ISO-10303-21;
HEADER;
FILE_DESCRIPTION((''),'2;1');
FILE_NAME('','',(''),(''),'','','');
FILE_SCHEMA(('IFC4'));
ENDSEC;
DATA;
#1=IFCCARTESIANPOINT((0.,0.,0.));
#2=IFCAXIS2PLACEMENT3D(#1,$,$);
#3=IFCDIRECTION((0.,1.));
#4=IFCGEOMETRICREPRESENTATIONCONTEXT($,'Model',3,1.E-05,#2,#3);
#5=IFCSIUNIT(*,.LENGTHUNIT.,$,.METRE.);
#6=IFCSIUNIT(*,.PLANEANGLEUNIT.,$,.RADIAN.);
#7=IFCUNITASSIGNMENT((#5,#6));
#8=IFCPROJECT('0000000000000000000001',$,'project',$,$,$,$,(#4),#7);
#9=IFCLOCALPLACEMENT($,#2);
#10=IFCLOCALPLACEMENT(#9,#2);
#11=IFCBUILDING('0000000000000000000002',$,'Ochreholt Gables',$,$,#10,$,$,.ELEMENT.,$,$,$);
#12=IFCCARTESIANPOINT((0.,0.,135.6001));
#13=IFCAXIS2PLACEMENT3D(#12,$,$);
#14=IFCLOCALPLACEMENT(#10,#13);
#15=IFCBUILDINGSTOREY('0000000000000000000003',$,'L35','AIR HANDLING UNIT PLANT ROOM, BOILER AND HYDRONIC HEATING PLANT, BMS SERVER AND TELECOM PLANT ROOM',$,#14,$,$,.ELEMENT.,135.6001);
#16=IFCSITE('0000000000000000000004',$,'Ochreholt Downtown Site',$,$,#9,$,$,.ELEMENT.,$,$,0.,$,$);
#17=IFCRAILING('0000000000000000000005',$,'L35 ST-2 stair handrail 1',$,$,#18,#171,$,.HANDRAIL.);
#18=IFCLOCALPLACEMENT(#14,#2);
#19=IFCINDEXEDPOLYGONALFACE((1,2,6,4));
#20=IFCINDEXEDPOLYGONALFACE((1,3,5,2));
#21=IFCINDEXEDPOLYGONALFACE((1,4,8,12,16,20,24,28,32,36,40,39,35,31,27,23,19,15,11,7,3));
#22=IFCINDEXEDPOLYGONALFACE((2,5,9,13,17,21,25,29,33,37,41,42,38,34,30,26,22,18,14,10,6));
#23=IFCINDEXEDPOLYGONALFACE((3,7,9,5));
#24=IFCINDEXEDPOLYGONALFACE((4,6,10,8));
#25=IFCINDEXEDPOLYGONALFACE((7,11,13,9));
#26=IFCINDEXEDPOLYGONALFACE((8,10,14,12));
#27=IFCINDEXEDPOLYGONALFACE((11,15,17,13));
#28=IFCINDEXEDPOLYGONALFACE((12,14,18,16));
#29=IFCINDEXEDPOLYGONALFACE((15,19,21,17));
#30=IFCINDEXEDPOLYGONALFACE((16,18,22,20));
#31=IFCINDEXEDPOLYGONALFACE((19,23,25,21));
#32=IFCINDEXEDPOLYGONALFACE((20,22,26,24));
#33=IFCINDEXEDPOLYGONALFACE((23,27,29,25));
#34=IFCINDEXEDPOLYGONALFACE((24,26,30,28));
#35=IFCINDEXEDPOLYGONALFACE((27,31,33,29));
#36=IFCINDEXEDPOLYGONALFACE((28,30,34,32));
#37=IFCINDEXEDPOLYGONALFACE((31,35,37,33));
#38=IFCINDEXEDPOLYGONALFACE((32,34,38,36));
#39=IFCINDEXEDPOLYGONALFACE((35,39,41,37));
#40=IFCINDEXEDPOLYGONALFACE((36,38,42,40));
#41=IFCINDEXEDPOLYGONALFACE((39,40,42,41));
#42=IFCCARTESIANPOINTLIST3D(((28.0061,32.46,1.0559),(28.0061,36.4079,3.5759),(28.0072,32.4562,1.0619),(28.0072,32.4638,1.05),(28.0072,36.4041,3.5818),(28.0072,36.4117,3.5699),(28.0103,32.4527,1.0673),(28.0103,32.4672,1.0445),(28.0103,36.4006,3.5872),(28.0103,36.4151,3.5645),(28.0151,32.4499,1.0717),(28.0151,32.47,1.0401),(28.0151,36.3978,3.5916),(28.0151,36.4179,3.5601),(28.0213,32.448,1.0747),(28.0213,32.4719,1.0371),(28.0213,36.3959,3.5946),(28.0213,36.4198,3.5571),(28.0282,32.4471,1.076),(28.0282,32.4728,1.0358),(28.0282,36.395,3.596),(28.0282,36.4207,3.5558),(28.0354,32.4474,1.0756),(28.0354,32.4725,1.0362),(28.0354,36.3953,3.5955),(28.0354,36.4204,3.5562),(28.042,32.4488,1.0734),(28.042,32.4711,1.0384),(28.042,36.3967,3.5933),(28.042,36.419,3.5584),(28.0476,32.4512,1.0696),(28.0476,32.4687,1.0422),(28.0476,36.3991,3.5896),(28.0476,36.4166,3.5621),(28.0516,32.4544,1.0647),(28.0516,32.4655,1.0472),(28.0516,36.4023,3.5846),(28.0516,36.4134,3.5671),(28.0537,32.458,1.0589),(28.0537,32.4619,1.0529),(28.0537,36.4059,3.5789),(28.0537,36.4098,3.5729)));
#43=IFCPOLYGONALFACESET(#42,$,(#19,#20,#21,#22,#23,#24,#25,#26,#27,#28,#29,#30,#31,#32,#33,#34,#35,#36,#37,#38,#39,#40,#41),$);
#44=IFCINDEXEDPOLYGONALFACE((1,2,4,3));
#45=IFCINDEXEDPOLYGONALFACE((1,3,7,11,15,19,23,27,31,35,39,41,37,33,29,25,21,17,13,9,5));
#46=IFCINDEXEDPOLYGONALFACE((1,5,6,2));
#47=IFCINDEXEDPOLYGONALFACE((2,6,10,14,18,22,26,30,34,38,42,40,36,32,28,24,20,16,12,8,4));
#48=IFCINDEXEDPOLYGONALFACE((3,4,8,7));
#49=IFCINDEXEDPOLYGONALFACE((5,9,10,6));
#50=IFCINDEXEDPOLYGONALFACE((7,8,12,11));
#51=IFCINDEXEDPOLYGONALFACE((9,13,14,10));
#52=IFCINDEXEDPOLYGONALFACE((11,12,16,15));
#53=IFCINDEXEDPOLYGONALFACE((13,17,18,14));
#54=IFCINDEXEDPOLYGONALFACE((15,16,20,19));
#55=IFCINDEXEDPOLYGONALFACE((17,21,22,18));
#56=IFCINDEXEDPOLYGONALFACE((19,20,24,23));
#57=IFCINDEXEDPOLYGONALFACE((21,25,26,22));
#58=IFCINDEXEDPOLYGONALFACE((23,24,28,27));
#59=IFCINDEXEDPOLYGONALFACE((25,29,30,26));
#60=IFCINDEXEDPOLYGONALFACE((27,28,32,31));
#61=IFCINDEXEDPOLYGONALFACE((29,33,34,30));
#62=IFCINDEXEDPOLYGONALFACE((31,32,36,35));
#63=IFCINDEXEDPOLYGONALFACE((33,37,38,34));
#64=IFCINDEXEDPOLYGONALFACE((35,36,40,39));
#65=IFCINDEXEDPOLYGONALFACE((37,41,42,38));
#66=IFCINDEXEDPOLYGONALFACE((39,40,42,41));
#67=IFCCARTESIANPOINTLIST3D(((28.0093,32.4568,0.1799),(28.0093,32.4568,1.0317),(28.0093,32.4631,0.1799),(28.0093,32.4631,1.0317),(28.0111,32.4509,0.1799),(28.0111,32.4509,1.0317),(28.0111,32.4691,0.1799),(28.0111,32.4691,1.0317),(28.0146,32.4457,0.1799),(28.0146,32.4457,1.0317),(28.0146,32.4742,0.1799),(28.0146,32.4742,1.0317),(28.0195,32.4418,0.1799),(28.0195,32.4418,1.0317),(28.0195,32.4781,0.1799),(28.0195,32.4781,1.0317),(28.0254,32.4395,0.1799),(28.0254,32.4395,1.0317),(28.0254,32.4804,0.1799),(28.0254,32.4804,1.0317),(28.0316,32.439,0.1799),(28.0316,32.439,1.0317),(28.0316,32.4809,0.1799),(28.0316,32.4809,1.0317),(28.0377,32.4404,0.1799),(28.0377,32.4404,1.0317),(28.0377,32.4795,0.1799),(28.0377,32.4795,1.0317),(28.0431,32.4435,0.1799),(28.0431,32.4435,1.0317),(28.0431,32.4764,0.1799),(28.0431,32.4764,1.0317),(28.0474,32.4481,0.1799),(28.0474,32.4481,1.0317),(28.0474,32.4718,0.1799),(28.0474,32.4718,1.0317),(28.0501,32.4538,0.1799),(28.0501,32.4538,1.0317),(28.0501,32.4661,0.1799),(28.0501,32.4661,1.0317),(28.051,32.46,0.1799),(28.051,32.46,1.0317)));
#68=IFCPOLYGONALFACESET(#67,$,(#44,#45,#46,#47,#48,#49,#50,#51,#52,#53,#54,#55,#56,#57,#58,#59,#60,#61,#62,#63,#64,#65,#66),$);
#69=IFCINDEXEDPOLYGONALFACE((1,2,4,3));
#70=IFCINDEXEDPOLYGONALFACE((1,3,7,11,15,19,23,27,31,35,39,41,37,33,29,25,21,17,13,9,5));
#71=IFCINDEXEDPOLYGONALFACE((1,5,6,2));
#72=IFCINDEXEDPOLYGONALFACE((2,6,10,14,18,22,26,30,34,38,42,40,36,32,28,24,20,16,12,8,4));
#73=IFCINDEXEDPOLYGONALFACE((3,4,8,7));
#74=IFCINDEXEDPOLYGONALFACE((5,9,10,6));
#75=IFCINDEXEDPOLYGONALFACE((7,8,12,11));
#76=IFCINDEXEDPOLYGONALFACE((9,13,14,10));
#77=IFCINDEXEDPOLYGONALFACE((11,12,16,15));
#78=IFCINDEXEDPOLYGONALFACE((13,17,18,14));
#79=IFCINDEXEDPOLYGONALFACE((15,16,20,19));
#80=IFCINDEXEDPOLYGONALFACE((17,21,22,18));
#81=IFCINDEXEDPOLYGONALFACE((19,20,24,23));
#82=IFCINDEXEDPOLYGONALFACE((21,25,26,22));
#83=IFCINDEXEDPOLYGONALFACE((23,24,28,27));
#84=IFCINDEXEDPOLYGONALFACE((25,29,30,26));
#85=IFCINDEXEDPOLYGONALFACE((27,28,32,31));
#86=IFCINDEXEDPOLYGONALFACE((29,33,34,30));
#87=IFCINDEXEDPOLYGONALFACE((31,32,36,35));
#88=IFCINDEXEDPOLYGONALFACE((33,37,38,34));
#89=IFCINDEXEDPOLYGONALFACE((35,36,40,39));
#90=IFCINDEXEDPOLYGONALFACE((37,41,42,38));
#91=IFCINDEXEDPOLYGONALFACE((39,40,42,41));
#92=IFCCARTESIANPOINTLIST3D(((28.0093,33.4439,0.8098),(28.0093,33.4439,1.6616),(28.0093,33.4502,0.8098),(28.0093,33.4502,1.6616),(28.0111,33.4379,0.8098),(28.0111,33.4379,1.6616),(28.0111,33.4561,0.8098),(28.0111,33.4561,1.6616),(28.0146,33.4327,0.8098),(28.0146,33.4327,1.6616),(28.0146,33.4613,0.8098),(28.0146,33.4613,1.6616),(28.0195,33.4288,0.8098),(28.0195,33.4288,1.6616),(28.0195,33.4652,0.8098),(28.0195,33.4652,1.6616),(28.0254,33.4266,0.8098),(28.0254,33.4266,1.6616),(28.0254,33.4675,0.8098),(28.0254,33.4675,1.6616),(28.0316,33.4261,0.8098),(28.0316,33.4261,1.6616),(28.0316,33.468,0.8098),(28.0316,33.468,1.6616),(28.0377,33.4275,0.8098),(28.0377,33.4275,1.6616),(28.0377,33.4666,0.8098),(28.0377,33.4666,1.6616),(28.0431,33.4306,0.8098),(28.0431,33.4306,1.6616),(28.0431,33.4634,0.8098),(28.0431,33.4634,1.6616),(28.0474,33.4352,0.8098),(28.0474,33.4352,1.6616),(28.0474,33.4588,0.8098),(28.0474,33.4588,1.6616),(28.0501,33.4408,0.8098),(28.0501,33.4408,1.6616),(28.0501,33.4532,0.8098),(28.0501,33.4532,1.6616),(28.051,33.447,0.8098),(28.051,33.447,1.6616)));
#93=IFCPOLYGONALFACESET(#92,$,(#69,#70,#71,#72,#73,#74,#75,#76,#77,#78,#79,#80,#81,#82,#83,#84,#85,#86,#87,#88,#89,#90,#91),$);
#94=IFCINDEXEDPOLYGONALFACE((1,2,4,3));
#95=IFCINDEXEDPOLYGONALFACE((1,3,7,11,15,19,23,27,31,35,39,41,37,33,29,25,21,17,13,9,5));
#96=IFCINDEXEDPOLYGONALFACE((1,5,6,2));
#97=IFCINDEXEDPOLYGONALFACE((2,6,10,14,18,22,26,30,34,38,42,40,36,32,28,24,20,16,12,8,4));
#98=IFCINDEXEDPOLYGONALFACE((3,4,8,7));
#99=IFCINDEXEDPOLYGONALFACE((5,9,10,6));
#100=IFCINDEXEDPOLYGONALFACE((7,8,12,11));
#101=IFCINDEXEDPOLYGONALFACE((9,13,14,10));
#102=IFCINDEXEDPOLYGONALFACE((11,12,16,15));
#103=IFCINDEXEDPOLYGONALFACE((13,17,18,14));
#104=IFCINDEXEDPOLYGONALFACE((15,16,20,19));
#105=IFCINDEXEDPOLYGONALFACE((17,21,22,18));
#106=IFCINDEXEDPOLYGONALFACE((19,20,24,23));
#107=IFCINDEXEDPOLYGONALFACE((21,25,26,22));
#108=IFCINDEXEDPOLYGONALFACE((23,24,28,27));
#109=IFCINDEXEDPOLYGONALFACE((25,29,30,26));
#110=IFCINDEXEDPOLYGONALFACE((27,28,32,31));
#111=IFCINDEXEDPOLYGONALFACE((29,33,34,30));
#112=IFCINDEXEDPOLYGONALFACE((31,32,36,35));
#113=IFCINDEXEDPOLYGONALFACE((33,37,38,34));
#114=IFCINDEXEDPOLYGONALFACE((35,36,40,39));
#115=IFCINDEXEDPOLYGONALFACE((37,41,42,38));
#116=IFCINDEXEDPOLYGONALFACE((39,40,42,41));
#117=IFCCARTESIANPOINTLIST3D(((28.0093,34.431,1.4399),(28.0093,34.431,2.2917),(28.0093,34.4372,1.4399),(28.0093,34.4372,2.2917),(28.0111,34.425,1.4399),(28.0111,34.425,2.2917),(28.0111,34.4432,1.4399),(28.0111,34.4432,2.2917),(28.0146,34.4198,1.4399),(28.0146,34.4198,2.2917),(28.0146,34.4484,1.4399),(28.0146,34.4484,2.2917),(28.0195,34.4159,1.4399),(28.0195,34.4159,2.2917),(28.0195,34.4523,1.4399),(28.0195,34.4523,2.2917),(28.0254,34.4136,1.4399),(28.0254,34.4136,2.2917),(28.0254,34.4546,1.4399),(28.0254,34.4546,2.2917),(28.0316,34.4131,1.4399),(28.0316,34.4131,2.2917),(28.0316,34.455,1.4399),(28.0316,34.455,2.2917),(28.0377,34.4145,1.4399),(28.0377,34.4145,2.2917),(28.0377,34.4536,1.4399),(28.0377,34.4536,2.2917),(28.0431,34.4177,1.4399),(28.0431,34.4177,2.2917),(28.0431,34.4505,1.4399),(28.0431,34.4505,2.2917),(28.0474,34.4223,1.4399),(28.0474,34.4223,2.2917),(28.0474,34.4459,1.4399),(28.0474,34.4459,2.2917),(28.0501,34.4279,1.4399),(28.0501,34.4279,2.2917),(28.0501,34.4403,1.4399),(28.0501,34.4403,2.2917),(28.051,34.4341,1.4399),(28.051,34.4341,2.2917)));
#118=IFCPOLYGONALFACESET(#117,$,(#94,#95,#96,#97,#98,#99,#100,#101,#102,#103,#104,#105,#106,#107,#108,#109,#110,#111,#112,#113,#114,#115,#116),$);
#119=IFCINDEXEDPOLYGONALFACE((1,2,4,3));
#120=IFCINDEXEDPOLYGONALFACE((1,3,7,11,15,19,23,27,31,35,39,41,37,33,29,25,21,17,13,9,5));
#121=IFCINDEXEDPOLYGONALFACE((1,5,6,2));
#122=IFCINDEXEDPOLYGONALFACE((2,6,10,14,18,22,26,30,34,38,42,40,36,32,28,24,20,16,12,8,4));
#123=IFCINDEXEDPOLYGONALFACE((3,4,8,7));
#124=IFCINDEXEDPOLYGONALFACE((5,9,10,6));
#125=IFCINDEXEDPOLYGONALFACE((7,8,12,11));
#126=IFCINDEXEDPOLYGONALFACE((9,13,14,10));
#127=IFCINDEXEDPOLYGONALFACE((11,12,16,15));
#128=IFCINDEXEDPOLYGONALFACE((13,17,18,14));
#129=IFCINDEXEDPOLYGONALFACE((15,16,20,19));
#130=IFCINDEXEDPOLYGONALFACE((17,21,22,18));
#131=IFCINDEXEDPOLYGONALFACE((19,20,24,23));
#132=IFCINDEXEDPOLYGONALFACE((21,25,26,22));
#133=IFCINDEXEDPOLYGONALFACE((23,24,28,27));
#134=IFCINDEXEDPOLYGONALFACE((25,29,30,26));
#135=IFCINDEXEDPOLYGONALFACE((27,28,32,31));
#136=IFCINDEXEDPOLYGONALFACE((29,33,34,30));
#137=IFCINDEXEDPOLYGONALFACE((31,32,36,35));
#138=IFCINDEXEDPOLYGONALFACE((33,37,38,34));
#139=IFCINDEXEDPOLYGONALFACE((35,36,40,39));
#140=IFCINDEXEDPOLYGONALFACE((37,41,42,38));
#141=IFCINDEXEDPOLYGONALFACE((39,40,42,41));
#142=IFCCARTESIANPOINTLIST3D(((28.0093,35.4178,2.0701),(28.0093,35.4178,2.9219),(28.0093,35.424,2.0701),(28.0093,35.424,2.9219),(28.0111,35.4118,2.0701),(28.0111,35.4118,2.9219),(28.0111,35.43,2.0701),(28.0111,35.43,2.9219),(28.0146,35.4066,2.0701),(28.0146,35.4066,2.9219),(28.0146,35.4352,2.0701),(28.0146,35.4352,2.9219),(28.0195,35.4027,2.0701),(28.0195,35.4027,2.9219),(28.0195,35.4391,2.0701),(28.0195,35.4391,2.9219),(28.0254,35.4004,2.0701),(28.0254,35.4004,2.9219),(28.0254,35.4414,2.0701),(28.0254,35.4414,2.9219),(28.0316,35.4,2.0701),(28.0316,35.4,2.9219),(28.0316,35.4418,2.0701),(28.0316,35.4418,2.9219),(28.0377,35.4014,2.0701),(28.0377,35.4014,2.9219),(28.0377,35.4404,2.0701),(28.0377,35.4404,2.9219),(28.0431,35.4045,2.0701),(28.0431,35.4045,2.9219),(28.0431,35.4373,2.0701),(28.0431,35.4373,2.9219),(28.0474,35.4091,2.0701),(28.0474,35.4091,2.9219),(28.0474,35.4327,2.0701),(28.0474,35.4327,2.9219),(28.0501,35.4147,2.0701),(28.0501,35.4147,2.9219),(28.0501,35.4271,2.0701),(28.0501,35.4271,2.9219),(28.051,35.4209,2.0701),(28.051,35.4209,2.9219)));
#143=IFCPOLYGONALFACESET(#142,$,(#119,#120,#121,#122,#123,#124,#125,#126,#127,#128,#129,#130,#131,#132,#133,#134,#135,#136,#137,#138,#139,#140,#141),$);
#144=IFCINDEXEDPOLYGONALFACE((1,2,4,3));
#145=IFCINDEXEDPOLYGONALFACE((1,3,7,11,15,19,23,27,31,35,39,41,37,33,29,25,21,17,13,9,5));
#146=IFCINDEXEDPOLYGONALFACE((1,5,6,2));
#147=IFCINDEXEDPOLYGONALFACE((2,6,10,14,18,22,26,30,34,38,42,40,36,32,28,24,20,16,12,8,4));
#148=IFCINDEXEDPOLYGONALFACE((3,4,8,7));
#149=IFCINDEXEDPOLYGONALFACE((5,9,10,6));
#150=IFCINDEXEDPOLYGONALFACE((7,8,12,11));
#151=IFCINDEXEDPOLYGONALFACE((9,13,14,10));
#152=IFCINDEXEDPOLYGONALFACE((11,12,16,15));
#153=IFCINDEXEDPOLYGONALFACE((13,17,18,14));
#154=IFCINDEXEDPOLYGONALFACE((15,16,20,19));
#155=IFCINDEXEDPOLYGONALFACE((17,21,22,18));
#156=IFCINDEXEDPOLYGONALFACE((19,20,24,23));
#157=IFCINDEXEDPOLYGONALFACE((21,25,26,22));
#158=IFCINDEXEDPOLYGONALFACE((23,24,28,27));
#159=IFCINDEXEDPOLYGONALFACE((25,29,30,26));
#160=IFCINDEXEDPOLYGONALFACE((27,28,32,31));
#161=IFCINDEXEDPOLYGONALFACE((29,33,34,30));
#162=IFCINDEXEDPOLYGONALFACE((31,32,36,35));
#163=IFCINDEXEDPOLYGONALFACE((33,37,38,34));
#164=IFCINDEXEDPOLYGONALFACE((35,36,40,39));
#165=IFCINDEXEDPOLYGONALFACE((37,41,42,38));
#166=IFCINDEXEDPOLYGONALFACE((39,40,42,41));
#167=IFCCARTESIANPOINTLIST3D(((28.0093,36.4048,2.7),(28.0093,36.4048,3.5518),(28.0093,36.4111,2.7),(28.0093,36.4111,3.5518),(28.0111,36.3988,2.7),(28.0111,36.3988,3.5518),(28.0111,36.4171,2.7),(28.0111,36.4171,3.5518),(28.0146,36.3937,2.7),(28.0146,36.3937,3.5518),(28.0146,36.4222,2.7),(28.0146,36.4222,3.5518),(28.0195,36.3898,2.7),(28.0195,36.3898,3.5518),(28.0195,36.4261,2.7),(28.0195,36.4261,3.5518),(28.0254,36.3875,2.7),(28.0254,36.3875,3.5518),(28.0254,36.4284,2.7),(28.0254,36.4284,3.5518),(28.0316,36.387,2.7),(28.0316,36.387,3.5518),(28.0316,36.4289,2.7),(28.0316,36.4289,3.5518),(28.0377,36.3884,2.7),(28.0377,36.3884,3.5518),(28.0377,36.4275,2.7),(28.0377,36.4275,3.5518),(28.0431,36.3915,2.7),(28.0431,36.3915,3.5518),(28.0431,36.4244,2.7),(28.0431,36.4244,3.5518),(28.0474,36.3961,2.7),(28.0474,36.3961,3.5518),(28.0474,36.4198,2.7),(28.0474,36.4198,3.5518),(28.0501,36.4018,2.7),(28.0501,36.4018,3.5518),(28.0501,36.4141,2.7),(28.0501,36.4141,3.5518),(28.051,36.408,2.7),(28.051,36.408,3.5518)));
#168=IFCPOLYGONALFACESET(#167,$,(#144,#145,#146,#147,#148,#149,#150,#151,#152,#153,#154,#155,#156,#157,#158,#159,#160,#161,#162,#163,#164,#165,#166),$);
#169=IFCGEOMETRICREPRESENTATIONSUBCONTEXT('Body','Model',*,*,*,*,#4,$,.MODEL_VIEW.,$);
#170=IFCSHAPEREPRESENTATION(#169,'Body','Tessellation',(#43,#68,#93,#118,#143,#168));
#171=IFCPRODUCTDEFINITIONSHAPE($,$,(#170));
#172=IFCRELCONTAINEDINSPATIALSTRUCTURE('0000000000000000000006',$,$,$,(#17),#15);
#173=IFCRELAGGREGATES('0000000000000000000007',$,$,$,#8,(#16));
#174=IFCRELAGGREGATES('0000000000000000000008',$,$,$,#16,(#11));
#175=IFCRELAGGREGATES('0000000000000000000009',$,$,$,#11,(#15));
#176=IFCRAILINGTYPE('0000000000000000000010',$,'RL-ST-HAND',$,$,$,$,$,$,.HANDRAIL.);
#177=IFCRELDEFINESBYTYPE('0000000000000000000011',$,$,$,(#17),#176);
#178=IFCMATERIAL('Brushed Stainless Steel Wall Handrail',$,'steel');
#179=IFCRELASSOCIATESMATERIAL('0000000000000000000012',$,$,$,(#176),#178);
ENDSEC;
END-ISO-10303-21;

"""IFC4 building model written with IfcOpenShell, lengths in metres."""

from ifc_helpers import new_model, si_unit, direction, frame, origin, origin_2d, place, context, subcontext, project, spatial, circle, extrude, material, type_object, element, save


model = new_model("IFC4")

# Units and contexts
model_context = context("Model", 3, precision=1e-05, world=origin(), true_north=direction((0.0, 1.0)))
body_context = subcontext(model_context, "Body", "Model", "MODEL_VIEW")
ifc_project = project(units=[si_unit("LENGTHUNIT", "METRE"), si_unit("PLANEANGLEUNIT", "RADIAN")], contexts=[model_context])

# Site, building, storey
site_placement = place(None, origin())
site = spatial("IfcSite", under=ifc_project, at=site_placement, Name="Ochreholt Downtown Site", CompositionType="ELEMENT", RefElevation=0.0)
building_placement = place(site_placement, origin())
building = spatial("IfcBuilding", under=site, at=building_placement, Name="Ochreholt Gables", CompositionType="ELEMENT")
storey_placement = place(building_placement, frame((0.0, 0.0, 135.6001)))
storey = spatial("IfcBuildingStorey", under=building, at=storey_placement, Name="L35", Description="AIR HANDLING UNIT PLANT ROOM, BOILER AND HYDRONIC HEATING PLANT, BMS SERVER AND TELECOM PLANT ROOM", CompositionType="ELEMENT", Elevation=135.6001)

# Railing
ifc_material_1 = material(Name="Brushed Stainless Steel Wall Handrail", Category="steel")
railing_type_1 = type_object("IfcRailingType", Name="RL-ST-HAND", PredefinedType="HANDRAIL", material=ifc_material_1)
railing_1_placement = place(storey_placement, frame((28.03, 32.46, 0.1799)))
element("IfcRailing", 1, at=railing_1_placement, inside=storey, type_object=railing_type_1, Name="L35 ST-2 stair handrail 1", PredefinedType="HANDRAIL", context=body_context, shape_type="SweptSolid", body=[
    extrude(circle(Radius=0.0239, at=origin_2d()), frame((0.0, 0.0, 0.876), z_axis=(0.0, 0.84292, 0.538039), x_axis=(-1.0, 0.0, 0.0)), (0.0, 0.0, 1.0), 4.6836),
    extrude(circle(Radius=0.021, at=origin_2d()), origin(), (0.0, 0.0, 1.0), 0.8518),
    extrude(circle(Radius=0.021, at=origin_2d()), frame((0.0, 0.9871, 0.6299)), (0.0, 0.0, 1.0), 0.8518),
    extrude(circle(Radius=0.021, at=origin_2d()), frame((0.0, 1.9741, 1.26)), (0.0, 0.0, 1.0), 0.8518),
    extrude(circle(Radius=0.021, at=origin_2d()), frame((0.0, 2.9609, 1.8901)), (0.0, 0.0, 1.0), 0.8518),
    extrude(circle(Radius=0.021, at=origin_2d()), frame((0.0, 3.948, 2.52)), (0.0, 0.0, 1.0), 0.8518),
])

save(model, "model.ifc")
